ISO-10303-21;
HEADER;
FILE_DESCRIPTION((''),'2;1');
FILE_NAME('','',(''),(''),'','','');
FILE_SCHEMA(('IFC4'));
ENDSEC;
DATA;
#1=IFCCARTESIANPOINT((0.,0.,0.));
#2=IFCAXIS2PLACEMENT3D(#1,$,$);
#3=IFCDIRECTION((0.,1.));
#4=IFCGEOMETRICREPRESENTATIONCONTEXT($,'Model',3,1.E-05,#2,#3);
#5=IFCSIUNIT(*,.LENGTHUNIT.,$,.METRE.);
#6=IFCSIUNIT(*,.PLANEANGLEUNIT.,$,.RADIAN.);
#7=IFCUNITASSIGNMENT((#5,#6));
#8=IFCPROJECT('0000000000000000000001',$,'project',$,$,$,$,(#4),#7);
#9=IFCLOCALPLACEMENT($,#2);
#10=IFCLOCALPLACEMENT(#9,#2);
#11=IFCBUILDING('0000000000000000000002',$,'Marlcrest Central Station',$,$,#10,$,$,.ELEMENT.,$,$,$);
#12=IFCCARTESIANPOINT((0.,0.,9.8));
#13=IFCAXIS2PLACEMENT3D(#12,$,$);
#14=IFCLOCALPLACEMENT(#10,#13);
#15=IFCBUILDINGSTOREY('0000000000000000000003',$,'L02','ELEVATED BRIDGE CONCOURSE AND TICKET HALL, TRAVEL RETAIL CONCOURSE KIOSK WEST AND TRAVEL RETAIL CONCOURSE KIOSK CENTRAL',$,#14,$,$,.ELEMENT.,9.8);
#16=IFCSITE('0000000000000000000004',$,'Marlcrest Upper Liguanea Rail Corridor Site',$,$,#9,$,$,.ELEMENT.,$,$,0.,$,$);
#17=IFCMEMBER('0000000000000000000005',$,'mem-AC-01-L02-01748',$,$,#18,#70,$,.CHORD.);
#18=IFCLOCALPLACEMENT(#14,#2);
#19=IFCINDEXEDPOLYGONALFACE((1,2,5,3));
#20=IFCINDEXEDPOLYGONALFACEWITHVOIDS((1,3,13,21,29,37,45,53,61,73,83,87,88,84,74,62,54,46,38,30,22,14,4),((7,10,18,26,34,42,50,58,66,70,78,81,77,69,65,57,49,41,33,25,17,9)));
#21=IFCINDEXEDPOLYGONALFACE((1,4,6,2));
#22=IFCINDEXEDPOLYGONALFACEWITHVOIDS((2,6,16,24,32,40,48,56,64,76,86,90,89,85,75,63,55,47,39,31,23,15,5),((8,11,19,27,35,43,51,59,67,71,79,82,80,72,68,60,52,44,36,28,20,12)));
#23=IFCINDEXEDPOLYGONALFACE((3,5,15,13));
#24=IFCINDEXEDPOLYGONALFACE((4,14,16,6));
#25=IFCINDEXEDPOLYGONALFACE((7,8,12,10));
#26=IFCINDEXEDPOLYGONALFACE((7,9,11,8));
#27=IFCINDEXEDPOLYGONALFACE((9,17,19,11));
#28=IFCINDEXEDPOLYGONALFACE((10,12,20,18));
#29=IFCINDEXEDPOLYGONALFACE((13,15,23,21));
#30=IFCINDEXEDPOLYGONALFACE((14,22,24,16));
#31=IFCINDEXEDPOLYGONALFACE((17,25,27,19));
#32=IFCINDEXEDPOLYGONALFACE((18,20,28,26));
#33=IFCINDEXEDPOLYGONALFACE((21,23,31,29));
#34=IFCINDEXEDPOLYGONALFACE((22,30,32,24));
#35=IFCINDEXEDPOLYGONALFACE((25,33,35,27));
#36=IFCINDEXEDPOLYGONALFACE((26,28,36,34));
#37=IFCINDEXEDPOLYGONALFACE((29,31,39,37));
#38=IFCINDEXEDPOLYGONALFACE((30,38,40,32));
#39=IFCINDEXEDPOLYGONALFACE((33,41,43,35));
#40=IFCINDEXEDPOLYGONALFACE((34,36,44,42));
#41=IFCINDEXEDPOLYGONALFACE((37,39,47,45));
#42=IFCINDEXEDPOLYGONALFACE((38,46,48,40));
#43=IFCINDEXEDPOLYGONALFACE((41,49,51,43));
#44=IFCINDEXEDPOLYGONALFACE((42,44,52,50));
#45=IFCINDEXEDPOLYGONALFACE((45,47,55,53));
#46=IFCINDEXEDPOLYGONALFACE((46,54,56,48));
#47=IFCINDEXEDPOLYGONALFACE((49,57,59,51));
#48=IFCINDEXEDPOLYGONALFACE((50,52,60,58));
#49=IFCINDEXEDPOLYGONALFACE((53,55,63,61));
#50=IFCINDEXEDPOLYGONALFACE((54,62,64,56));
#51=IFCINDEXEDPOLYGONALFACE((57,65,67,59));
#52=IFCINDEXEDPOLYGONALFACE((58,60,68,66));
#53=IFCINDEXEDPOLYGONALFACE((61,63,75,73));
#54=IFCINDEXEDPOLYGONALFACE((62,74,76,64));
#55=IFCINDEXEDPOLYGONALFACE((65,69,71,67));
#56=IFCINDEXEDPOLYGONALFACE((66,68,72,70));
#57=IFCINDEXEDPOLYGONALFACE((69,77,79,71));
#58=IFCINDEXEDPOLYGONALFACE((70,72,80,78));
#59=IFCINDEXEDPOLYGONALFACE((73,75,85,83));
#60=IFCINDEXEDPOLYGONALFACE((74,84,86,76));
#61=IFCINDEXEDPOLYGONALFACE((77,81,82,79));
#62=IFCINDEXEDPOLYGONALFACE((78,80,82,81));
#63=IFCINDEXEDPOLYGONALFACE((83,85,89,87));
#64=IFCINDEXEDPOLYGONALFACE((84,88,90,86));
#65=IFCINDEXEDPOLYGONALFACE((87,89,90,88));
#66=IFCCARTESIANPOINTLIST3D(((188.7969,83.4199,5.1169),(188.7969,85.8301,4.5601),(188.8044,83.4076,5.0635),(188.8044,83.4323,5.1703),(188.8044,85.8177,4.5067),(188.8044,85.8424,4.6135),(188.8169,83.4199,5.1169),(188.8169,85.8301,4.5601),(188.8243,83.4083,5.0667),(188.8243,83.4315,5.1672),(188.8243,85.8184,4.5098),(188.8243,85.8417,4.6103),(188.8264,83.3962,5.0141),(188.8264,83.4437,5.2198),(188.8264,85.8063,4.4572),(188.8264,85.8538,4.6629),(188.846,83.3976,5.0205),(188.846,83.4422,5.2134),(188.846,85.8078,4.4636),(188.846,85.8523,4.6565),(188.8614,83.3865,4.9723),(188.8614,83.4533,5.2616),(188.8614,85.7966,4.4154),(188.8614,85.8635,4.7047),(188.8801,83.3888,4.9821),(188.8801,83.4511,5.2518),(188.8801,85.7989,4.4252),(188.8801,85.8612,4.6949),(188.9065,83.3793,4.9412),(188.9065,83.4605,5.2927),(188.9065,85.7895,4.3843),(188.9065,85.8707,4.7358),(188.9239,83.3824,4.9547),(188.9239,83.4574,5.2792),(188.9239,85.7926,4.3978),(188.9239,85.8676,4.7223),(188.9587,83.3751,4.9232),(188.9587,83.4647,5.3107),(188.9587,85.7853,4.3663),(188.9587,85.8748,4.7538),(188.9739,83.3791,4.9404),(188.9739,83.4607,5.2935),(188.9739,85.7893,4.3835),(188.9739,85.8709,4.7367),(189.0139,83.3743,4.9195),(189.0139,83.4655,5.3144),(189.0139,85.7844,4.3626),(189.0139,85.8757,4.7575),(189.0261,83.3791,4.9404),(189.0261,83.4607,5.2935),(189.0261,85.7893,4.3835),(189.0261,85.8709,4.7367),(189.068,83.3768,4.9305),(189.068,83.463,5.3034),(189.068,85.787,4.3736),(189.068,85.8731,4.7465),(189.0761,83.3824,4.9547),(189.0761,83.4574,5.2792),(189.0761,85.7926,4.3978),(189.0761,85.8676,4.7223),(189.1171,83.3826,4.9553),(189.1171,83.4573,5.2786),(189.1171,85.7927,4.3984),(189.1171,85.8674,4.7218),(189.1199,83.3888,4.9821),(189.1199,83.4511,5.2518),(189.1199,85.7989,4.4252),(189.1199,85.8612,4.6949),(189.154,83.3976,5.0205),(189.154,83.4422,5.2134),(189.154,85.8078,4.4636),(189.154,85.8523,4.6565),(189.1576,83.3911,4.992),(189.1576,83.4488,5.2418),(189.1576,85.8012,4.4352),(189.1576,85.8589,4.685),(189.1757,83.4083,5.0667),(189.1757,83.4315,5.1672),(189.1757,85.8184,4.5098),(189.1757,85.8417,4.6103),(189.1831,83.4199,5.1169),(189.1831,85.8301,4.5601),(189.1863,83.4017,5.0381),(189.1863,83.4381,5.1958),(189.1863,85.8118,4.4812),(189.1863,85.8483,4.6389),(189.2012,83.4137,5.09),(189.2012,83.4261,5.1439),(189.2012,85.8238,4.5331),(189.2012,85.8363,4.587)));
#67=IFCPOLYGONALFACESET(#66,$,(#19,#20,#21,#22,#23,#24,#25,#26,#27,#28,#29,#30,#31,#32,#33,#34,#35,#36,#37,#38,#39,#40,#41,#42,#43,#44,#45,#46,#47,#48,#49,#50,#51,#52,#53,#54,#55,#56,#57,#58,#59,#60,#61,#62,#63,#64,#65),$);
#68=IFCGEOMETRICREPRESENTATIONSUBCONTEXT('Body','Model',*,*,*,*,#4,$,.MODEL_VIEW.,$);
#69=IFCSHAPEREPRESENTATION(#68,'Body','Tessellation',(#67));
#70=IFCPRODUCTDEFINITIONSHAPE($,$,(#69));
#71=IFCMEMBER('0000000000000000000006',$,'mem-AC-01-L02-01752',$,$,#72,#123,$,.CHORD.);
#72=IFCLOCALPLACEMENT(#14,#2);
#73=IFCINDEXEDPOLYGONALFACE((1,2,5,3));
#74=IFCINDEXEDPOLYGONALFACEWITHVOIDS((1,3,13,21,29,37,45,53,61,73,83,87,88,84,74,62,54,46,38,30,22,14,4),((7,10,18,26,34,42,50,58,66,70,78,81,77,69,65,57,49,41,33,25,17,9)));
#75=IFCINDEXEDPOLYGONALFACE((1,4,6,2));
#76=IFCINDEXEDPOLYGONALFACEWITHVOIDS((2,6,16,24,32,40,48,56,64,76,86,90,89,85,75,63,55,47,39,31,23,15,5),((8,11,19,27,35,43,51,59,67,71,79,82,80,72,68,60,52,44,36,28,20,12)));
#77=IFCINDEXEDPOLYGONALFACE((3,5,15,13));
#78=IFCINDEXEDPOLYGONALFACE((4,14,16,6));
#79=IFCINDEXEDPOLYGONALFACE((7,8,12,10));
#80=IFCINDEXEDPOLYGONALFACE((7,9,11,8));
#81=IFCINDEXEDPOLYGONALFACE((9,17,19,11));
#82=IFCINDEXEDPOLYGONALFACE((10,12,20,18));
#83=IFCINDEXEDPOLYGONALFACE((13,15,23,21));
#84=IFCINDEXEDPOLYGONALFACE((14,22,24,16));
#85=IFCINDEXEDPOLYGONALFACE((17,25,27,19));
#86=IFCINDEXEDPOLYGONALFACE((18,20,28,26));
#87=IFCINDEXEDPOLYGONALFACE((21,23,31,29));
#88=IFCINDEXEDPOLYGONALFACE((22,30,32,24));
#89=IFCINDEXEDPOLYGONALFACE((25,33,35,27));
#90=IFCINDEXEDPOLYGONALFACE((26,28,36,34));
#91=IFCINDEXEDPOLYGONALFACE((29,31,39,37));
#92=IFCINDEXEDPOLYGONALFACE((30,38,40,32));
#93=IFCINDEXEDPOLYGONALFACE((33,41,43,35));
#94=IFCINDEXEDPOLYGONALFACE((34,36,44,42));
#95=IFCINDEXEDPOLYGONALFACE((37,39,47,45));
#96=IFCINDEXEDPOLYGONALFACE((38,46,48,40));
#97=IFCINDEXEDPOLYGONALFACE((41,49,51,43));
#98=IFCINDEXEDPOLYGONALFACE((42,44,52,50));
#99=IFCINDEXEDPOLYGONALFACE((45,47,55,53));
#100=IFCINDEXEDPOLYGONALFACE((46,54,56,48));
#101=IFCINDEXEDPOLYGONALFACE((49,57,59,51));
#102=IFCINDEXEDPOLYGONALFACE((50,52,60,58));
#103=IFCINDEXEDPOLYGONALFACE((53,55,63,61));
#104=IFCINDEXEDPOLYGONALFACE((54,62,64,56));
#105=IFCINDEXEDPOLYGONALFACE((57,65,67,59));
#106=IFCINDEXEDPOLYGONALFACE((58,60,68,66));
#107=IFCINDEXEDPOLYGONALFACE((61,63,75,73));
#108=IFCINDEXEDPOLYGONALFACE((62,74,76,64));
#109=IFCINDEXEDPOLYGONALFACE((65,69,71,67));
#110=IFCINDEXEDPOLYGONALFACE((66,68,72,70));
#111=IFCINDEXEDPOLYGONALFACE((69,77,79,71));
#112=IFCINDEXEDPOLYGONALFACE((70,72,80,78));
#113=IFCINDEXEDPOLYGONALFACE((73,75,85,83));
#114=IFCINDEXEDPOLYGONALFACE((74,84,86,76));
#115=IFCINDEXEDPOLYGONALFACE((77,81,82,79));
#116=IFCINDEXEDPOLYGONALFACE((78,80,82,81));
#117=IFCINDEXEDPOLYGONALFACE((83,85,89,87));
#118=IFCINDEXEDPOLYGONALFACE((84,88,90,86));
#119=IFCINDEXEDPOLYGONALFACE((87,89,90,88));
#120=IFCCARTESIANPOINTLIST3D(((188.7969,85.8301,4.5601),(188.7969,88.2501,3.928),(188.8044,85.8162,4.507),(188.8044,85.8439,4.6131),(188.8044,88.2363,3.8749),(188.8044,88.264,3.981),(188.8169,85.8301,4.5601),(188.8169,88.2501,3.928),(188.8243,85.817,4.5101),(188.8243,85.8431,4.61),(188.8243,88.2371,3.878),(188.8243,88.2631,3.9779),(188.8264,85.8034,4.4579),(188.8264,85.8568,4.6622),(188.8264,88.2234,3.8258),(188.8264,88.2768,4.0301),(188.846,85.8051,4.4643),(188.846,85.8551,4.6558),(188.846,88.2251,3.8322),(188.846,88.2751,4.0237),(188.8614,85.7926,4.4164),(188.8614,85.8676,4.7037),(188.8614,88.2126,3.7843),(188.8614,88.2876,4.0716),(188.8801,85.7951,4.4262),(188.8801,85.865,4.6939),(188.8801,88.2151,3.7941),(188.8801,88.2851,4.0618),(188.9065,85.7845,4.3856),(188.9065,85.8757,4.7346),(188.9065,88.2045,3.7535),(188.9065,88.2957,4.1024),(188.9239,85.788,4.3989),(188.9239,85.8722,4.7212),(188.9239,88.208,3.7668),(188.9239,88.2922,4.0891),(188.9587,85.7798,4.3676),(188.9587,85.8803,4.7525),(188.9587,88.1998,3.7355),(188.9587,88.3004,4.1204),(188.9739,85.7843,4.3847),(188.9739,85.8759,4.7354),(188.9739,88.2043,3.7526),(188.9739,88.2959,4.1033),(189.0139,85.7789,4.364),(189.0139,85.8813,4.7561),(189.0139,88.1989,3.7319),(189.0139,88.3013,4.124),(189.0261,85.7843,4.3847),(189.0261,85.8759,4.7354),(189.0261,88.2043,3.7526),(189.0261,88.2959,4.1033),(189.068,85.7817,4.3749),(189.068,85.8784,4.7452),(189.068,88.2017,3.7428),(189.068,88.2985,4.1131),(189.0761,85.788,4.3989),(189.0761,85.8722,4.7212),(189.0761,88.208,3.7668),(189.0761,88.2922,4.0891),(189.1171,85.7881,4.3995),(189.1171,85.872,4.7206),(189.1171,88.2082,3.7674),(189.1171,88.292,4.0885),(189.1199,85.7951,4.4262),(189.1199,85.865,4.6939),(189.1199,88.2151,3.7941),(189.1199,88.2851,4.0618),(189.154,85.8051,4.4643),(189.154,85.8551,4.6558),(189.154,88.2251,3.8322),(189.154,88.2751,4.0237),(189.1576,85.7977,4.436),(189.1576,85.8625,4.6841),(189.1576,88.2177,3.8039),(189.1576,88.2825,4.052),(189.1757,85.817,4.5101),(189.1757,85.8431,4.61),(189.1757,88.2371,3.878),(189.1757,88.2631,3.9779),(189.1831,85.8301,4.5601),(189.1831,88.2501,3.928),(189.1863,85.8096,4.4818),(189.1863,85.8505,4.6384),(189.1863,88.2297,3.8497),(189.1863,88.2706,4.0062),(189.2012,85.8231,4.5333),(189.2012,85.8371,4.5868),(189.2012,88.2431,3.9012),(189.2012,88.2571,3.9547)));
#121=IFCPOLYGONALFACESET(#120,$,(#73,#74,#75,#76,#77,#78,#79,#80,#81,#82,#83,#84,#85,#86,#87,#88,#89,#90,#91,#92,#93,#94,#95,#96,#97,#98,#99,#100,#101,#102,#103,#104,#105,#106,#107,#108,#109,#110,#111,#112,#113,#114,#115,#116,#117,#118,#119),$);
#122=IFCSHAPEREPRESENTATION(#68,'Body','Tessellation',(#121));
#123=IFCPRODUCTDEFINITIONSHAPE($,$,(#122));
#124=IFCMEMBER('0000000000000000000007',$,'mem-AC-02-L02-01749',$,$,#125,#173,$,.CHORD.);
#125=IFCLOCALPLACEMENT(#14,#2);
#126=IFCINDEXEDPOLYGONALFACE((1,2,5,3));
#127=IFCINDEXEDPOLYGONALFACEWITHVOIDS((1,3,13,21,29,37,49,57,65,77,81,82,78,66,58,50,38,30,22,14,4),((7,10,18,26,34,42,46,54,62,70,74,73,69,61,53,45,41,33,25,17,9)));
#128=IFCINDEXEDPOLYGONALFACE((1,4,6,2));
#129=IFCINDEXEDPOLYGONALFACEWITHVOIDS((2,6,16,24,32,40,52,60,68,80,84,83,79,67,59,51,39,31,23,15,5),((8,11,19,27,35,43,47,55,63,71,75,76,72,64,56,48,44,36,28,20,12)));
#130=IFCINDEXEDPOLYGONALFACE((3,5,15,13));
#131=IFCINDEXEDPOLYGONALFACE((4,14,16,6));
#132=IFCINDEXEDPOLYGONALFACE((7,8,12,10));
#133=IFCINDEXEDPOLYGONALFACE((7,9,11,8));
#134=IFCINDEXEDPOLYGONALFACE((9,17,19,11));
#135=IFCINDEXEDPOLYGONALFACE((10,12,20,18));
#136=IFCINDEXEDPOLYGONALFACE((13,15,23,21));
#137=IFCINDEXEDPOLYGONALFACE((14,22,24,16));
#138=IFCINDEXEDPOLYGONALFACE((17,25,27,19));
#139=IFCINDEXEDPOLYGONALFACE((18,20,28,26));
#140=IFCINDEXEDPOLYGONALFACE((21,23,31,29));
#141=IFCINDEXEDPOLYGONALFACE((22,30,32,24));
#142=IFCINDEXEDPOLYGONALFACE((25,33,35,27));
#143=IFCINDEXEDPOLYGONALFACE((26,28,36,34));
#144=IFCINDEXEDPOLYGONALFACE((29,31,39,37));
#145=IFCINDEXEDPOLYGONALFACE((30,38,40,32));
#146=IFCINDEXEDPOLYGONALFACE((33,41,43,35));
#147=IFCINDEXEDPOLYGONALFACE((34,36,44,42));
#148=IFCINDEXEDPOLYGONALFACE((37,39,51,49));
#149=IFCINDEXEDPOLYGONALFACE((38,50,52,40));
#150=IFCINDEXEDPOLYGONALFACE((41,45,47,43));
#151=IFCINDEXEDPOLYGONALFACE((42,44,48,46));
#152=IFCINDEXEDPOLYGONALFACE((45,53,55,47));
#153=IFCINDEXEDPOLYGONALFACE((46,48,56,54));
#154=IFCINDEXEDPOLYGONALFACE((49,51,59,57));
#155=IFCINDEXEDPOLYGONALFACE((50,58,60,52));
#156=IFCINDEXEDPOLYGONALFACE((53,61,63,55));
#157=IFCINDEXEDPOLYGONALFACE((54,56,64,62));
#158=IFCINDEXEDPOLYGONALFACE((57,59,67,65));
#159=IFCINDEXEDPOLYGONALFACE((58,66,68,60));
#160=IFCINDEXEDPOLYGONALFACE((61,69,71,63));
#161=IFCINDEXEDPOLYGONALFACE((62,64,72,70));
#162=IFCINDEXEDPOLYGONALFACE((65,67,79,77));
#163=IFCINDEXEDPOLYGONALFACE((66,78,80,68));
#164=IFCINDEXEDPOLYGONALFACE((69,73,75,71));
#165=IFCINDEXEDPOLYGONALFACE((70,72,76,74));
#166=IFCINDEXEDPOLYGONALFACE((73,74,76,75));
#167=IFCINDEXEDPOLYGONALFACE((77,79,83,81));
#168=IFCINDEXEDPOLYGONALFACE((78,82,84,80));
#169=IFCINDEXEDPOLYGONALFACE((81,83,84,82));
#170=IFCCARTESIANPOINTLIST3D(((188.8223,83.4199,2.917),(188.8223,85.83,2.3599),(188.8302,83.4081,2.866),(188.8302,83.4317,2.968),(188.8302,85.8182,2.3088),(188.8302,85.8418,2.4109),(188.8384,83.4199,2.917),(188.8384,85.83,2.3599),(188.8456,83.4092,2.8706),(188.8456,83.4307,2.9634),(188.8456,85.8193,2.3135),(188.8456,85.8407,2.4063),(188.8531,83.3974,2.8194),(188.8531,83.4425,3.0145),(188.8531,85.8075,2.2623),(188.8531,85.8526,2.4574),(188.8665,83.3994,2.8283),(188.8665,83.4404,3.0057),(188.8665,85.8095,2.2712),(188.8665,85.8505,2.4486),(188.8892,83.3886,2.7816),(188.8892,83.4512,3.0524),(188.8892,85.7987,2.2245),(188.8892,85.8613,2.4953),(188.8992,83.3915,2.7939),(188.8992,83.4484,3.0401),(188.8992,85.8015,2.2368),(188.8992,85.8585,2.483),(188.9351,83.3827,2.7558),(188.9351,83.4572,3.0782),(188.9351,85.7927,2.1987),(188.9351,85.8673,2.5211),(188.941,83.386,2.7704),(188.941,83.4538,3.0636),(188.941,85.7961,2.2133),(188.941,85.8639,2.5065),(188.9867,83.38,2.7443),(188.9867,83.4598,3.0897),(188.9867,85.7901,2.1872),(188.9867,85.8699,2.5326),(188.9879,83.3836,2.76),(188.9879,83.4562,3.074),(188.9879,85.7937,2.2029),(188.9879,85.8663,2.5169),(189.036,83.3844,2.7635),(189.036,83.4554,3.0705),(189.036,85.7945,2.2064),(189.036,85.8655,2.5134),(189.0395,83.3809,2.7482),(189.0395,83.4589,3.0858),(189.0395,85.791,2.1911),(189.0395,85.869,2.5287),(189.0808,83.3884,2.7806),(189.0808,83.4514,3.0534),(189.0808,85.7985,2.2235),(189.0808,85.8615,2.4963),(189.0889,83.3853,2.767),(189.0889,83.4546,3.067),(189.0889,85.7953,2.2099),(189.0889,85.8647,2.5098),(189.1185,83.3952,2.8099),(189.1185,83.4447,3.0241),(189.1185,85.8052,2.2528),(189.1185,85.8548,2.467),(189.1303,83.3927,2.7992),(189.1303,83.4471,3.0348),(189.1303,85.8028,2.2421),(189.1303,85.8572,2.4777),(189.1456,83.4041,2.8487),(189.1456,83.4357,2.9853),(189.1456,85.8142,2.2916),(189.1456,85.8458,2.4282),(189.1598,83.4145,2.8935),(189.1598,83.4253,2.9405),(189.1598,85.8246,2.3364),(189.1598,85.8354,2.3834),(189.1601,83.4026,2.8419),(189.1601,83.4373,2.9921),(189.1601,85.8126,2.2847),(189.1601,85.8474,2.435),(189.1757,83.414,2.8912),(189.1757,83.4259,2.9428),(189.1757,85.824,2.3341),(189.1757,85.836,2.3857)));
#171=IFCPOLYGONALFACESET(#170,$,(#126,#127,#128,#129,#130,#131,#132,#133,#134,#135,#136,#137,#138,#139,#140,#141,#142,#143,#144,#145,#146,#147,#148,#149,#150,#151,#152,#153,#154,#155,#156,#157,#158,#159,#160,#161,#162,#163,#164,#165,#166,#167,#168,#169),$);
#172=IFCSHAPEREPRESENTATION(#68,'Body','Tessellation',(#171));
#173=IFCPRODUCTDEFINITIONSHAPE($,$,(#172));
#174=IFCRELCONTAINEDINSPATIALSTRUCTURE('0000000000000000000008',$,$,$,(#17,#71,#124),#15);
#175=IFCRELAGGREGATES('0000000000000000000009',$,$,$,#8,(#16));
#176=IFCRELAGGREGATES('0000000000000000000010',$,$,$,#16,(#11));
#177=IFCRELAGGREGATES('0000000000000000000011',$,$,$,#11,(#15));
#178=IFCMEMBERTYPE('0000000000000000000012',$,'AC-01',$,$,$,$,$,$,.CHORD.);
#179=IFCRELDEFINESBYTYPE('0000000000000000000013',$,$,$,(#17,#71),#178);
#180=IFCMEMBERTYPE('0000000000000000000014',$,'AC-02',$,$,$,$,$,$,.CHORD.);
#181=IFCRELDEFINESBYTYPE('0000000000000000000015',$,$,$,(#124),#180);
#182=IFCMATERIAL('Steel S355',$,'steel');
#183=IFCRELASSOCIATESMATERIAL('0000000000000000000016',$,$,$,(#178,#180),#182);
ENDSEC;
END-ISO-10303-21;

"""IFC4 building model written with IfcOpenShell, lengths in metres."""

from ifc_helpers import new_model, si_unit, direction, frame, origin, origin_2d, place, context, subcontext, project, spatial, hollow_circle, extrude, material, material_profile, profile_set, type_object, element, save


model = new_model("IFC4")

# Units and contexts
model_context = context("Model", 3, precision=1e-05, world=origin(), true_north=direction((0.0, 1.0)))
body_context = subcontext(model_context, "Body", "Model", "MODEL_VIEW")
ifc_project = project(units=[si_unit("LENGTHUNIT", "METRE"), si_unit("PLANEANGLEUNIT", "RADIAN")], contexts=[model_context])

# Site, building, storey
site_placement = place(None, origin())
site = spatial("IfcSite", under=ifc_project, at=site_placement, Name="Marlcrest Upper Liguanea Rail Corridor Site", CompositionType="ELEMENT", RefElevation=0.0)
building_placement = place(site_placement, origin())
building = spatial("IfcBuilding", under=site, at=building_placement, Name="Marlcrest Central Station", CompositionType="ELEMENT")
storey_placement = place(building_placement, frame((0.0, 0.0, 9.8)))
storey = spatial("IfcBuildingStorey", under=building, at=storey_placement, Name="L02", Description="ELEVATED BRIDGE CONCOURSE AND TICKET HALL, TRAVEL RETAIL CONCOURSE KIOSK WEST AND TRAVEL RETAIL CONCOURSE KIOSK CENTRAL", CompositionType="ELEMENT", Elevation=9.8)

# Members
ifc_material_1 = material(Name="Steel S355", Category="steel")
ifc_material_profile_1 = material_profile(ifc_material_1, hollow_circle(Radius=0.2031, WallThickness=0.02, at=origin_2d()), Name="CHS 406.4x20")
ifc_profile_set_1 = profile_set([ifc_material_profile_1], Name="Steel S355")
member_type_1 = type_object("IfcMemberType", Name="AC-01", PredefinedType="CHORD", material=ifc_profile_set_1)
member_1_placement = place(storey_placement, frame((189.0, 83.4199, 5.1169), z_axis=(0.0, 0.97433, -0.225126), x_axis=(-1.0, 0.0, 0.0)))
element("IfcMember", 1, at=member_1_placement, inside=storey, type_object=member_type_1, Name="mem-AC-01-L02-01748", PredefinedType="CHORD", context=body_context, shape_type="SweptSolid", body=[
    extrude(hollow_circle(Radius=0.2031, WallThickness=0.02, at=origin_2d()), origin(), (0.0, 0.0, 1.0), 2.4736),
])
member_2_placement = place(storey_placement, frame((189.0, 85.8301, 4.5601), z_axis=(0.0, 0.967539, -0.25272), x_axis=(-1.0, 0.0, 0.0)))
element("IfcMember", 2, at=member_2_placement, inside=storey, type_object=member_type_1, Name="mem-AC-01-L02-01752", PredefinedType="CHORD", context=body_context, shape_type="SweptSolid", body=[
    extrude(hollow_circle(Radius=0.2031, WallThickness=0.02, at=origin_2d()), origin(), (0.0, 0.0, 1.0), 2.5012),
])
ifc_material_profile_2 = material_profile(ifc_material_1, hollow_circle(Radius=0.1777, WallThickness=0.0161, at=origin_2d()), Name="CHS 355.6x16")
ifc_profile_set_2 = profile_set([ifc_material_profile_2], Name="Steel S355")
member_type_2 = type_object("IfcMemberType", Name="AC-02", PredefinedType="CHORD", material=ifc_profile_set_2)
member_3_placement = place(storey_placement, frame((189.0, 83.4199, 2.917), z_axis=(0.0, 0.974308, -0.22522), x_axis=(-1.0, 0.0, 0.0)))
element("IfcMember", 3, at=member_3_placement, inside=storey, type_object=member_type_2, Name="mem-AC-02-L02-01749", PredefinedType="CHORD", context=body_context, shape_type="SweptSolid", body=[
    extrude(hollow_circle(Radius=0.1777, WallThickness=0.0161, at=origin_2d()), origin(), (0.0, 0.0, 1.0), 2.4736),
])

save(model, "model.ifc")
